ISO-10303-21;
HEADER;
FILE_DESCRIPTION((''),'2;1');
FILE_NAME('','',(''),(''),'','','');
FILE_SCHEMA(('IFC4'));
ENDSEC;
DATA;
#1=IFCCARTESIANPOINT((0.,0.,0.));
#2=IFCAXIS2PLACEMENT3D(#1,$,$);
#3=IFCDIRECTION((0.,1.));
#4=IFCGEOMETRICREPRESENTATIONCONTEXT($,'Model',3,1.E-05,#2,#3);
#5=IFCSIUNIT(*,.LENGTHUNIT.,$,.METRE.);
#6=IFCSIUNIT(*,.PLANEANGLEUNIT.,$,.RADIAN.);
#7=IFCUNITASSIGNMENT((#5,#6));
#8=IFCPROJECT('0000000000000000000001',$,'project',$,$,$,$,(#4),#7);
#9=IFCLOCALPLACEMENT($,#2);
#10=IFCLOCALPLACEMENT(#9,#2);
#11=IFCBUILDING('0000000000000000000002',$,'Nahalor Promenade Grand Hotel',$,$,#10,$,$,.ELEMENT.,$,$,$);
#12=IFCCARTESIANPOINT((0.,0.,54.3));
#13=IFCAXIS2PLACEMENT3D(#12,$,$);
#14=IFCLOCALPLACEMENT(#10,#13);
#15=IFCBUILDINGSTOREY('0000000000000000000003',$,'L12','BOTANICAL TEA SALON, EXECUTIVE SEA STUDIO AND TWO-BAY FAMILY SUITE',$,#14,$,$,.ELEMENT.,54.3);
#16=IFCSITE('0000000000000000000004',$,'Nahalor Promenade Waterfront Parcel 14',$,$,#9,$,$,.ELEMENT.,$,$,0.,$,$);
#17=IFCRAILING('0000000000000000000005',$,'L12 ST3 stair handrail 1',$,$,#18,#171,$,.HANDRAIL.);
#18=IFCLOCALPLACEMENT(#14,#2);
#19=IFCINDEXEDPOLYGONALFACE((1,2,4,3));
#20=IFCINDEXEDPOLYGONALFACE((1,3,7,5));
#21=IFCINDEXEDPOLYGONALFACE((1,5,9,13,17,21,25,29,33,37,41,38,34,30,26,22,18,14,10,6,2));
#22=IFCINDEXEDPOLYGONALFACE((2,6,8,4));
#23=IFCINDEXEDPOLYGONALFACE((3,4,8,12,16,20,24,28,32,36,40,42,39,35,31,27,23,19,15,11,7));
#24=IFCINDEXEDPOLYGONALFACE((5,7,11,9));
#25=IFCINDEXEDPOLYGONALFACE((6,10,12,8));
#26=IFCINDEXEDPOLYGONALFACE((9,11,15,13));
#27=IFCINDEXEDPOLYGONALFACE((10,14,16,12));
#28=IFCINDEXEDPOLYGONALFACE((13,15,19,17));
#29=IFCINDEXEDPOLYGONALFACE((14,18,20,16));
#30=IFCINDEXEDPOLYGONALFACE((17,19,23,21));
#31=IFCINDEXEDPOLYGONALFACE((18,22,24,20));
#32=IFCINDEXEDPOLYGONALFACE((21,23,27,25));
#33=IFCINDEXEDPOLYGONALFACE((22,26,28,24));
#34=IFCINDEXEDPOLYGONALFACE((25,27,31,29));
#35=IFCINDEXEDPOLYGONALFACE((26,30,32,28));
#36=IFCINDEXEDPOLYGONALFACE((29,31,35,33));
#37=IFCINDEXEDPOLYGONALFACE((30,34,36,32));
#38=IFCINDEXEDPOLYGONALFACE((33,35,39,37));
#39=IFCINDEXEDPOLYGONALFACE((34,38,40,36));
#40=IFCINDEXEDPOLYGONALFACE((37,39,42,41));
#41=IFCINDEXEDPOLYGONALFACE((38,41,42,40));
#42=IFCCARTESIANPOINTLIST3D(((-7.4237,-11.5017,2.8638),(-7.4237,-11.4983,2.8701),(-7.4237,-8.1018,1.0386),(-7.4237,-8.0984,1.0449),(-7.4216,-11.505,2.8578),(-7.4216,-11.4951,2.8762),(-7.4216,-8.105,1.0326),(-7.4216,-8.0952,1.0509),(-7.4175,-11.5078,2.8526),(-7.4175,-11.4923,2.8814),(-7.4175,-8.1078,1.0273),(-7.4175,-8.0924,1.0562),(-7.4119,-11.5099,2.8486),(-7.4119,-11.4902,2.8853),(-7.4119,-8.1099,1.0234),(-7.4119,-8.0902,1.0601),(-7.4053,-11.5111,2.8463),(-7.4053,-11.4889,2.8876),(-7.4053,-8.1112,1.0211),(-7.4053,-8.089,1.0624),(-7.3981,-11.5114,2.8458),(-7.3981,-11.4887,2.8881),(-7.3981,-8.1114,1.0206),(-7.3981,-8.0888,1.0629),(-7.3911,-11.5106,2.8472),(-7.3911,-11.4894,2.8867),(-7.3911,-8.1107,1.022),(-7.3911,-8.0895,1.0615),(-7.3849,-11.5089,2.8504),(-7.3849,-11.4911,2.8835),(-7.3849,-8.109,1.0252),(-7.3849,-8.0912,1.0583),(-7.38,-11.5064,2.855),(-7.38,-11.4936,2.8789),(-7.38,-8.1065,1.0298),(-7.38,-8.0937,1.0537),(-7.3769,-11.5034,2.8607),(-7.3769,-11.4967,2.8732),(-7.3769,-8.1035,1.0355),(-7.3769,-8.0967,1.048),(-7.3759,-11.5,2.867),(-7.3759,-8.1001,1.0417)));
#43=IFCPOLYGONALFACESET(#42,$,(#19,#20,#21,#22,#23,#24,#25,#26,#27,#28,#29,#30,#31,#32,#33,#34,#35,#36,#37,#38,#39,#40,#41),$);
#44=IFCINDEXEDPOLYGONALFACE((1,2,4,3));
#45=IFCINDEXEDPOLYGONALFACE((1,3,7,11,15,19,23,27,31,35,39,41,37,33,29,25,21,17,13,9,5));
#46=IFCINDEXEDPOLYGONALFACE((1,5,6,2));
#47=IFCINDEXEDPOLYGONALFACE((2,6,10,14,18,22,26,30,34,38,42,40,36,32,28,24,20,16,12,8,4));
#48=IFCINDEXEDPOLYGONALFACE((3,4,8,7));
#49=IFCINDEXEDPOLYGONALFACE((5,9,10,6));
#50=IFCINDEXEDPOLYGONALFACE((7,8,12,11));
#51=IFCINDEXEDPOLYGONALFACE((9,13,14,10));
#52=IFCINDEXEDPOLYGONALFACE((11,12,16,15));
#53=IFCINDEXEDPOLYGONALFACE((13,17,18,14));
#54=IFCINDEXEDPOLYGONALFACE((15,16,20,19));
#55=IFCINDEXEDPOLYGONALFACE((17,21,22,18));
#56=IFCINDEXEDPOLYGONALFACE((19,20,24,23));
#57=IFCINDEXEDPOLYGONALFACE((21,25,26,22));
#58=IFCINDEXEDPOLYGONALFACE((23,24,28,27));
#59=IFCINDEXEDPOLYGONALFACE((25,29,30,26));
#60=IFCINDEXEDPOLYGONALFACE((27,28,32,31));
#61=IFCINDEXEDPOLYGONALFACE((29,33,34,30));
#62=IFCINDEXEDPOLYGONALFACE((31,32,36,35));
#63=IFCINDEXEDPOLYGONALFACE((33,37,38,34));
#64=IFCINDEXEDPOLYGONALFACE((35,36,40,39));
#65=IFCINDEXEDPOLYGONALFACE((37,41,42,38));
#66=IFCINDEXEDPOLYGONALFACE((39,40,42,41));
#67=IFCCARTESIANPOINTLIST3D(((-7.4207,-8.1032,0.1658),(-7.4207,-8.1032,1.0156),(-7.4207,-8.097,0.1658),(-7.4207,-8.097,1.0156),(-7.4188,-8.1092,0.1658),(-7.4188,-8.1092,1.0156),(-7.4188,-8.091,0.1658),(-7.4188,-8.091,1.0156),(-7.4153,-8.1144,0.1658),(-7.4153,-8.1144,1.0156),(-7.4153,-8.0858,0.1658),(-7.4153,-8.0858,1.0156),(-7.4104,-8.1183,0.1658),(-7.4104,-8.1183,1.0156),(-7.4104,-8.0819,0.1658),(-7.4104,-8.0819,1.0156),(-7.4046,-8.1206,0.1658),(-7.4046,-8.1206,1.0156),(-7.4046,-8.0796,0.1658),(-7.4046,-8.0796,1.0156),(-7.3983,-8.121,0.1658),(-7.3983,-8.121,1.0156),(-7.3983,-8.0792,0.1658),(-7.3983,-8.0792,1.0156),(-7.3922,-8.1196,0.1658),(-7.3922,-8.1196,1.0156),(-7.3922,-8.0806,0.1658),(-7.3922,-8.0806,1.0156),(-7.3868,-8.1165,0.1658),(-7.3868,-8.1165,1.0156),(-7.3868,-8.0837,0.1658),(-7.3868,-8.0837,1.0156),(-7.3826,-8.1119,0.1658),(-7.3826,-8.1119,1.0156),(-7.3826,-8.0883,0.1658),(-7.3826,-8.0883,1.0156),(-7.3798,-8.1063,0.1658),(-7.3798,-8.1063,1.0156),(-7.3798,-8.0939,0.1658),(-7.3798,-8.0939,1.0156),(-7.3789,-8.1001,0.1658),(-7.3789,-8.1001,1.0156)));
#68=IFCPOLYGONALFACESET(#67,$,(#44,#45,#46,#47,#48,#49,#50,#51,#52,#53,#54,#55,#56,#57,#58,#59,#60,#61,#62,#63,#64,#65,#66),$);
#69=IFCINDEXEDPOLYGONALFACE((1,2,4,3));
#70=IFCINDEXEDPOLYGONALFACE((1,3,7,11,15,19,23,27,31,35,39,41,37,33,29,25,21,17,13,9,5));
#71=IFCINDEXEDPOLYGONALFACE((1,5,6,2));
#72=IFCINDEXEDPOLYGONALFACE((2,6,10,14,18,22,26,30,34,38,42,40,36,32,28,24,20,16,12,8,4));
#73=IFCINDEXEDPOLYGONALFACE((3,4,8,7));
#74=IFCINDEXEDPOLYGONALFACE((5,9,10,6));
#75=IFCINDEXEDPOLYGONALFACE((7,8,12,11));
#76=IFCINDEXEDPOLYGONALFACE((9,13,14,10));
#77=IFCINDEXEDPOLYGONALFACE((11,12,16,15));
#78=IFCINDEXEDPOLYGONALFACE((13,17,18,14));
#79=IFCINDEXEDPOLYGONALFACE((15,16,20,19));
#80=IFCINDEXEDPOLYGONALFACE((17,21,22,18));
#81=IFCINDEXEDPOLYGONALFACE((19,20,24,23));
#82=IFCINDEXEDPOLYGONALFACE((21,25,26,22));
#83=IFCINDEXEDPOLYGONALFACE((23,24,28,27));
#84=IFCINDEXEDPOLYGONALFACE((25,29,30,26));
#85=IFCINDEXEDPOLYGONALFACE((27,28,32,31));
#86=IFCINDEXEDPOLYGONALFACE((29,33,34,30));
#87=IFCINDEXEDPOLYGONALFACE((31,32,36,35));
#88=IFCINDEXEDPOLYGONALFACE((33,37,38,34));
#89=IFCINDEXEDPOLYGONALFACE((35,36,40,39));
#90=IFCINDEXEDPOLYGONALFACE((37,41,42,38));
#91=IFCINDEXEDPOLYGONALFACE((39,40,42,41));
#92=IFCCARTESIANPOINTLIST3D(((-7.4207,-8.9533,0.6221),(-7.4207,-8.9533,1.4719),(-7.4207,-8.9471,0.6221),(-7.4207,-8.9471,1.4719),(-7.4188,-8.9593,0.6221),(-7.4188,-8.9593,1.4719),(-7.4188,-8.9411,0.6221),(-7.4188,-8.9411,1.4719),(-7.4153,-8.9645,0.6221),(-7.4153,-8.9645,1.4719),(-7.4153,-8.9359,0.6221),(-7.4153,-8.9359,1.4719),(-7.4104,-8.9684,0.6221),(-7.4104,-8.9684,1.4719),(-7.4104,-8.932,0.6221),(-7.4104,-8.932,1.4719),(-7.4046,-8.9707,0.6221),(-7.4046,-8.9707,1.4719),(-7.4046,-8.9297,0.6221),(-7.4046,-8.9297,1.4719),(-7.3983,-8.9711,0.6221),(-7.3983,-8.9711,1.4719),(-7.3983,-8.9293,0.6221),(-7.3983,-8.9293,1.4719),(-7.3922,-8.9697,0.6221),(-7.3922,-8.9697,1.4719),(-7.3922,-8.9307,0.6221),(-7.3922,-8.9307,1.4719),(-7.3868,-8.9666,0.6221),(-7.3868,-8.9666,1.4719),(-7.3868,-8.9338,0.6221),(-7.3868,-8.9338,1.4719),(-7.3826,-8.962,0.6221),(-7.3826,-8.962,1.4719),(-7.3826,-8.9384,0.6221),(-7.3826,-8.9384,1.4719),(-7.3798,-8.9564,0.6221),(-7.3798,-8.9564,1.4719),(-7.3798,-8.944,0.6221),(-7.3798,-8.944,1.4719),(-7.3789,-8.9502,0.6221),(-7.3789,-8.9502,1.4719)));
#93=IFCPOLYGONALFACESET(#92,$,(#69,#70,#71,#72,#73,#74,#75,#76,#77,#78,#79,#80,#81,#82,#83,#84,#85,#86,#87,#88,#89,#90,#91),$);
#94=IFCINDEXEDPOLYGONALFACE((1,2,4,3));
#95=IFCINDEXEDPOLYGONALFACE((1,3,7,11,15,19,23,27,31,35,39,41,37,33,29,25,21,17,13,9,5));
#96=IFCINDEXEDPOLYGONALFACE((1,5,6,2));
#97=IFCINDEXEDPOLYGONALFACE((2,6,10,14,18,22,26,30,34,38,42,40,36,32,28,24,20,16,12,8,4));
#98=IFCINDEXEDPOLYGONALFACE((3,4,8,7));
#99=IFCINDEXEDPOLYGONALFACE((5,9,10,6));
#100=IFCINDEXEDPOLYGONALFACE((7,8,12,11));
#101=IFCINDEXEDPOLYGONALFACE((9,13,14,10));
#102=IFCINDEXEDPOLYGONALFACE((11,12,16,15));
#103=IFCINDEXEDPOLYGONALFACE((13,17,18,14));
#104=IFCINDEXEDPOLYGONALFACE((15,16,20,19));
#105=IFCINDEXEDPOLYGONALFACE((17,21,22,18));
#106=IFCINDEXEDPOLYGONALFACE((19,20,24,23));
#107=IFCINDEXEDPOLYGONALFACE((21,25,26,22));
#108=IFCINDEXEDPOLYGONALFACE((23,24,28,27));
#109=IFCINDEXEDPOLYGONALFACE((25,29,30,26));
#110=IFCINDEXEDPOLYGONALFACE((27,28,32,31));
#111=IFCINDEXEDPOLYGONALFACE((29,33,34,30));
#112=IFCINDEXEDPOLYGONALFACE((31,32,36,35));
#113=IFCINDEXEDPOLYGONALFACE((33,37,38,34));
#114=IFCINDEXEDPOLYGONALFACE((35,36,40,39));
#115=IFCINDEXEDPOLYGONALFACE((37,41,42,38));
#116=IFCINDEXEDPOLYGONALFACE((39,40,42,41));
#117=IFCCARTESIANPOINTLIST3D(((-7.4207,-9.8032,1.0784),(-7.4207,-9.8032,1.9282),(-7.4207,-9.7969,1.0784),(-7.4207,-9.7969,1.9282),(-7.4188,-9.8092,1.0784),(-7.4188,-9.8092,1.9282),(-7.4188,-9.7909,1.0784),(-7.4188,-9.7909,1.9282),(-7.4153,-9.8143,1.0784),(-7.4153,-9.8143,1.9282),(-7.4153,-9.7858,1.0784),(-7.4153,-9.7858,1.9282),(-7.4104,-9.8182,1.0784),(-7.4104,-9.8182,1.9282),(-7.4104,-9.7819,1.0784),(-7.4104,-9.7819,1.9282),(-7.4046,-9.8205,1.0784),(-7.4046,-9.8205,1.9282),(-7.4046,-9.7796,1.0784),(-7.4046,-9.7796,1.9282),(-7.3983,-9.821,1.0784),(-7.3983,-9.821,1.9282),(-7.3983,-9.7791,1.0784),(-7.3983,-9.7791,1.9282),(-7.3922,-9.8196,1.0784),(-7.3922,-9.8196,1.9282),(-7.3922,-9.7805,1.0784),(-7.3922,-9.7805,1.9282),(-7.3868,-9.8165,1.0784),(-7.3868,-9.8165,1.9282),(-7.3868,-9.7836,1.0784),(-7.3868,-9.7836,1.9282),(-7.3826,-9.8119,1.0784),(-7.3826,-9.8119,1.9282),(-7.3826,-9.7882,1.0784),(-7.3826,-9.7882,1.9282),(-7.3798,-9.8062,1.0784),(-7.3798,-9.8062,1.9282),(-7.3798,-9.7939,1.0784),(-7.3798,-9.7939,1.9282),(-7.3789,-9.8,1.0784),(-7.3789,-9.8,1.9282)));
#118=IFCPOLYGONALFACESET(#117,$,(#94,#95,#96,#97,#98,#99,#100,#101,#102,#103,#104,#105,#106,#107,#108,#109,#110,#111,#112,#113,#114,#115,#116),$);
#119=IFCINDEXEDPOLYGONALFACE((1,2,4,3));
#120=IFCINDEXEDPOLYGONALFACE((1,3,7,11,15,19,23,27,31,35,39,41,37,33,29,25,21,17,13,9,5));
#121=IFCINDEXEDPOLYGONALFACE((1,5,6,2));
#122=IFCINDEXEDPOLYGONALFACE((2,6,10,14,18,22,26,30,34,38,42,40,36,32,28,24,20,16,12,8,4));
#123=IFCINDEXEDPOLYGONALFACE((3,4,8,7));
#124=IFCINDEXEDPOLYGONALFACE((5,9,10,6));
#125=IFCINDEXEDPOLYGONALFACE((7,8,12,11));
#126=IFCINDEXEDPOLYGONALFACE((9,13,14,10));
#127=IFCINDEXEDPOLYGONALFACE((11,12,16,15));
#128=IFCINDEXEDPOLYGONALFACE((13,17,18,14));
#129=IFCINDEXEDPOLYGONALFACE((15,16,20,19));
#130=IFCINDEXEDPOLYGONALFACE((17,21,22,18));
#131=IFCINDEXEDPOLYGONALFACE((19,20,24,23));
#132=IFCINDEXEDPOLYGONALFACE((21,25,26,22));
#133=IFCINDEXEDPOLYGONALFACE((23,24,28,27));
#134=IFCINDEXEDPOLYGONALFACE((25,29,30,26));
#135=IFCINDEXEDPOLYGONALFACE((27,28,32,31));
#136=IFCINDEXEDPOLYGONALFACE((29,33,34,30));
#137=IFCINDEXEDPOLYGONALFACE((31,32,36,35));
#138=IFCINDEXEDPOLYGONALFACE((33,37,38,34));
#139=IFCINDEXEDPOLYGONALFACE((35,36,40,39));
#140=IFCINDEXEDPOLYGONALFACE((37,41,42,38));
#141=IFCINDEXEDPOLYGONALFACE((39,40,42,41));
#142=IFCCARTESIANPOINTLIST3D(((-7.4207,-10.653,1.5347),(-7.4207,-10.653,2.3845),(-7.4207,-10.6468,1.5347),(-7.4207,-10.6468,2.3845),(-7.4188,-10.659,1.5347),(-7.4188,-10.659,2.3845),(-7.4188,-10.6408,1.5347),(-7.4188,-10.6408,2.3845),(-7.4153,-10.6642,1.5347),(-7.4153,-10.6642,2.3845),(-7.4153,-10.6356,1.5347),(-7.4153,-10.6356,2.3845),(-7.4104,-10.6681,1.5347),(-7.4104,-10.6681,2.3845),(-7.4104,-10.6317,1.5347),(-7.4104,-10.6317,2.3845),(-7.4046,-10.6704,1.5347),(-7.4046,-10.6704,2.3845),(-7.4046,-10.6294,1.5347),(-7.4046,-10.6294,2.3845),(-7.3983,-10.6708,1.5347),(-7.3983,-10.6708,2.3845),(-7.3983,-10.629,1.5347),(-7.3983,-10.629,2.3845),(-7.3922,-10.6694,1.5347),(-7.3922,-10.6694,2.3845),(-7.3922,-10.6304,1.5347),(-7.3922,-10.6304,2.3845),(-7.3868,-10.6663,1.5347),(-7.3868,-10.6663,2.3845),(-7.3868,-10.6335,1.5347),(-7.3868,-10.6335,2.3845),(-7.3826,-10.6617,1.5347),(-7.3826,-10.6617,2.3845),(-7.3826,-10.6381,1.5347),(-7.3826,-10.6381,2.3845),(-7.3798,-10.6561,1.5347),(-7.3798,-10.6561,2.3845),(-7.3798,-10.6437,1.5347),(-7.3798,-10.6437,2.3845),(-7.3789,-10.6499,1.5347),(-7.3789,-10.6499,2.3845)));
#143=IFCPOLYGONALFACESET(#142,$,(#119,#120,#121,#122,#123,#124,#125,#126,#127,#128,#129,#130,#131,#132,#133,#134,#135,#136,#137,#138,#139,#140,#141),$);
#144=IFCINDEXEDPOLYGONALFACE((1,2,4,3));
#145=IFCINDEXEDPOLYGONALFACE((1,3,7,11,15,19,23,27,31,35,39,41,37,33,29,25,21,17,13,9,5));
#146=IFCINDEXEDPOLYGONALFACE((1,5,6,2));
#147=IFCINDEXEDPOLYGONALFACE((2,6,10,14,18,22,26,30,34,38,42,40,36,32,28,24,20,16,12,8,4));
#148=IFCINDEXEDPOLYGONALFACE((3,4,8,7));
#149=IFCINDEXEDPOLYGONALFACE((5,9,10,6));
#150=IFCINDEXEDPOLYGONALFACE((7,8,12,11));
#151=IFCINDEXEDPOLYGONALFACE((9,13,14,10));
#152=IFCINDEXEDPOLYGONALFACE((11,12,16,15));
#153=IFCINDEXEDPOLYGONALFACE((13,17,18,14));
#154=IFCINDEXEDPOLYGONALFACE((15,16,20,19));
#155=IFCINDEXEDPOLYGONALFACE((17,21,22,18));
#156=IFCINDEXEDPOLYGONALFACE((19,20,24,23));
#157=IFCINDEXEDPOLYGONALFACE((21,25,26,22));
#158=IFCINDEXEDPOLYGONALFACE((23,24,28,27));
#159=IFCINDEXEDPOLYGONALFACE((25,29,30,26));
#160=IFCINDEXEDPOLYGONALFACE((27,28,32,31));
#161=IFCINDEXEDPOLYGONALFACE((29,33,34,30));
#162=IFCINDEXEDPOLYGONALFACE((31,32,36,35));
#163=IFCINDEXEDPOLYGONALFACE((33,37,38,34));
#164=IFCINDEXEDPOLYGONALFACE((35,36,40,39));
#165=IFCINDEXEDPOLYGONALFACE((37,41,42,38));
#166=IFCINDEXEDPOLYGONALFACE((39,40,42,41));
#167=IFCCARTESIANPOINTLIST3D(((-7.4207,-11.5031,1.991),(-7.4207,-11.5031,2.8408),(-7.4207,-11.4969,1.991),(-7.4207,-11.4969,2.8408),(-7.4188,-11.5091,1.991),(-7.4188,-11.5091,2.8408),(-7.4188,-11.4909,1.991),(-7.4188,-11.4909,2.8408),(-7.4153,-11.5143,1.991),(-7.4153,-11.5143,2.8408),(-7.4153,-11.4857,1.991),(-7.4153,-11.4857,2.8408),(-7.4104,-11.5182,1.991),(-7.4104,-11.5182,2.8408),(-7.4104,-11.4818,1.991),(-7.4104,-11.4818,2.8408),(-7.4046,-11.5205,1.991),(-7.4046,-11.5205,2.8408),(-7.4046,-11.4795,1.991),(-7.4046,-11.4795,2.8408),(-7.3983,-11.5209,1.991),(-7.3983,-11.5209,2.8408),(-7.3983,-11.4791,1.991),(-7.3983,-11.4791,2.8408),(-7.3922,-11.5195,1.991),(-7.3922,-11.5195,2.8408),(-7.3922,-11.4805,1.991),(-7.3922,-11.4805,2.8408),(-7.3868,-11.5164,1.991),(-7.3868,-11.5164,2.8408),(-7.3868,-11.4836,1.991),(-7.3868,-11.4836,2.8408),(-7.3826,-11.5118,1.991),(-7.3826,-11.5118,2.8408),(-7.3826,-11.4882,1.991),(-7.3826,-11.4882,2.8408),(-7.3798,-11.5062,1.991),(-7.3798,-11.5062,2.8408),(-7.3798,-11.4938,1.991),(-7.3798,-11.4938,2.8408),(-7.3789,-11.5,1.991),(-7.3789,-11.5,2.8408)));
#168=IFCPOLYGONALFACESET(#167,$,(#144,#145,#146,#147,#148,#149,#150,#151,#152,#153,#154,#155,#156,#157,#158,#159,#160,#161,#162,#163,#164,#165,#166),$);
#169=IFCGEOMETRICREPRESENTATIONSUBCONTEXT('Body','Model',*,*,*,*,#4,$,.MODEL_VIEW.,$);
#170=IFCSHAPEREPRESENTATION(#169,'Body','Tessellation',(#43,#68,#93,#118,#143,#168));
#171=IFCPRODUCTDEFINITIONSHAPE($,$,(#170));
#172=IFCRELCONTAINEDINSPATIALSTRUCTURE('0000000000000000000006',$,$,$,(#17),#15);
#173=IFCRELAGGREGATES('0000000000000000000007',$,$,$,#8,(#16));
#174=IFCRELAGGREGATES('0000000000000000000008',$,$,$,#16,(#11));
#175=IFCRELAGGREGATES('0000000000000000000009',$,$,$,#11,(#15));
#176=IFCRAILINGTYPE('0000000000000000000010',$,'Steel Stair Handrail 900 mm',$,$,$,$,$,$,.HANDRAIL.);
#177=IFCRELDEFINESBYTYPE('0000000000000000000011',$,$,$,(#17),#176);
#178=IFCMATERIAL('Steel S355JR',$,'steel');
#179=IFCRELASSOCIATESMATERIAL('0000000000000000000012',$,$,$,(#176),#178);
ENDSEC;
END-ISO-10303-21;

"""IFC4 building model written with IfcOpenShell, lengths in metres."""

from ifc_helpers import new_model, si_unit, direction, frame, origin, origin_2d, place, context, subcontext, project, spatial, circle, extrude, material, type_object, element, save


model = new_model("IFC4")

# Units and contexts
model_context = context("Model", 3, precision=1e-05, world=origin(), true_north=direction((0.0, 1.0)))
body_context = subcontext(model_context, "Body", "Model", "MODEL_VIEW")
ifc_project = project(units=[si_unit("LENGTHUNIT", "METRE"), si_unit("PLANEANGLEUNIT", "RADIAN")], contexts=[model_context])

# Site, building, storey
site_placement = place(None, origin())
site = spatial("IfcSite", under=ifc_project, at=site_placement, Name="Nahalor Promenade Waterfront Parcel 14", CompositionType="ELEMENT", RefElevation=0.0)
building_placement = place(site_placement, origin())
building = spatial("IfcBuilding", under=site, at=building_placement, Name="Nahalor Promenade Grand Hotel", CompositionType="ELEMENT")
storey_placement = place(building_placement, frame((0.0, 0.0, 54.3)))
storey = spatial("IfcBuildingStorey", under=building, at=storey_placement, Name="L12", Description="BOTANICAL TEA SALON, EXECUTIVE SEA STUDIO AND TWO-BAY FAMILY SUITE", CompositionType="ELEMENT", Elevation=54.3)

# Shared definitions
ifc_material_1 = material(Name="Steel S355JR", Category="steel")

# Railing
railing_type_1 = type_object("IfcRailingType", Name="Steel Stair Handrail 900 mm", PredefinedType="HANDRAIL", material=ifc_material_1)
for number, where, name in (
    (1, (-7.3999, -8.1001, 0.1658), "L12 ST3 stair handrail 1"),
):
    element("IfcRailing", number, at=place(storey_placement, frame(where)), inside=storey, type_object=railing_type_1, Name=name, PredefinedType="HANDRAIL", context=body_context, shape_type="SweptSolid", body=[
        extrude(circle(Radius=0.024, at=origin_2d()), frame((0.0, 0.0, 0.876), z_axis=(0.0, -0.881068, 0.47299), x_axis=(1.0, 0.0, 0.0)), (0.0, 0.0, 1.0), 3.8589),
        extrude(circle(Radius=0.021, at=origin_2d()), origin(), (0.0, 0.0, 1.0), 0.8499),
        extrude(circle(Radius=0.021, at=origin_2d()), frame((0.0, -0.8501, 0.4563)), (0.0, 0.0, 1.0), 0.8499),
        extrude(circle(Radius=0.021, at=origin_2d()), frame((0.0, -1.7, 0.9126)), (0.0, 0.0, 1.0), 0.8499),
        extrude(circle(Radius=0.021, at=origin_2d()), frame((0.0, -2.5498, 1.3689)), (0.0, 0.0, 1.0), 0.8499),
        extrude(circle(Radius=0.021, at=origin_2d()), frame((0.0, -3.3999, 1.8252)), (0.0, 0.0, 1.0), 0.8499),
    ])

save(model, "model.ifc")
